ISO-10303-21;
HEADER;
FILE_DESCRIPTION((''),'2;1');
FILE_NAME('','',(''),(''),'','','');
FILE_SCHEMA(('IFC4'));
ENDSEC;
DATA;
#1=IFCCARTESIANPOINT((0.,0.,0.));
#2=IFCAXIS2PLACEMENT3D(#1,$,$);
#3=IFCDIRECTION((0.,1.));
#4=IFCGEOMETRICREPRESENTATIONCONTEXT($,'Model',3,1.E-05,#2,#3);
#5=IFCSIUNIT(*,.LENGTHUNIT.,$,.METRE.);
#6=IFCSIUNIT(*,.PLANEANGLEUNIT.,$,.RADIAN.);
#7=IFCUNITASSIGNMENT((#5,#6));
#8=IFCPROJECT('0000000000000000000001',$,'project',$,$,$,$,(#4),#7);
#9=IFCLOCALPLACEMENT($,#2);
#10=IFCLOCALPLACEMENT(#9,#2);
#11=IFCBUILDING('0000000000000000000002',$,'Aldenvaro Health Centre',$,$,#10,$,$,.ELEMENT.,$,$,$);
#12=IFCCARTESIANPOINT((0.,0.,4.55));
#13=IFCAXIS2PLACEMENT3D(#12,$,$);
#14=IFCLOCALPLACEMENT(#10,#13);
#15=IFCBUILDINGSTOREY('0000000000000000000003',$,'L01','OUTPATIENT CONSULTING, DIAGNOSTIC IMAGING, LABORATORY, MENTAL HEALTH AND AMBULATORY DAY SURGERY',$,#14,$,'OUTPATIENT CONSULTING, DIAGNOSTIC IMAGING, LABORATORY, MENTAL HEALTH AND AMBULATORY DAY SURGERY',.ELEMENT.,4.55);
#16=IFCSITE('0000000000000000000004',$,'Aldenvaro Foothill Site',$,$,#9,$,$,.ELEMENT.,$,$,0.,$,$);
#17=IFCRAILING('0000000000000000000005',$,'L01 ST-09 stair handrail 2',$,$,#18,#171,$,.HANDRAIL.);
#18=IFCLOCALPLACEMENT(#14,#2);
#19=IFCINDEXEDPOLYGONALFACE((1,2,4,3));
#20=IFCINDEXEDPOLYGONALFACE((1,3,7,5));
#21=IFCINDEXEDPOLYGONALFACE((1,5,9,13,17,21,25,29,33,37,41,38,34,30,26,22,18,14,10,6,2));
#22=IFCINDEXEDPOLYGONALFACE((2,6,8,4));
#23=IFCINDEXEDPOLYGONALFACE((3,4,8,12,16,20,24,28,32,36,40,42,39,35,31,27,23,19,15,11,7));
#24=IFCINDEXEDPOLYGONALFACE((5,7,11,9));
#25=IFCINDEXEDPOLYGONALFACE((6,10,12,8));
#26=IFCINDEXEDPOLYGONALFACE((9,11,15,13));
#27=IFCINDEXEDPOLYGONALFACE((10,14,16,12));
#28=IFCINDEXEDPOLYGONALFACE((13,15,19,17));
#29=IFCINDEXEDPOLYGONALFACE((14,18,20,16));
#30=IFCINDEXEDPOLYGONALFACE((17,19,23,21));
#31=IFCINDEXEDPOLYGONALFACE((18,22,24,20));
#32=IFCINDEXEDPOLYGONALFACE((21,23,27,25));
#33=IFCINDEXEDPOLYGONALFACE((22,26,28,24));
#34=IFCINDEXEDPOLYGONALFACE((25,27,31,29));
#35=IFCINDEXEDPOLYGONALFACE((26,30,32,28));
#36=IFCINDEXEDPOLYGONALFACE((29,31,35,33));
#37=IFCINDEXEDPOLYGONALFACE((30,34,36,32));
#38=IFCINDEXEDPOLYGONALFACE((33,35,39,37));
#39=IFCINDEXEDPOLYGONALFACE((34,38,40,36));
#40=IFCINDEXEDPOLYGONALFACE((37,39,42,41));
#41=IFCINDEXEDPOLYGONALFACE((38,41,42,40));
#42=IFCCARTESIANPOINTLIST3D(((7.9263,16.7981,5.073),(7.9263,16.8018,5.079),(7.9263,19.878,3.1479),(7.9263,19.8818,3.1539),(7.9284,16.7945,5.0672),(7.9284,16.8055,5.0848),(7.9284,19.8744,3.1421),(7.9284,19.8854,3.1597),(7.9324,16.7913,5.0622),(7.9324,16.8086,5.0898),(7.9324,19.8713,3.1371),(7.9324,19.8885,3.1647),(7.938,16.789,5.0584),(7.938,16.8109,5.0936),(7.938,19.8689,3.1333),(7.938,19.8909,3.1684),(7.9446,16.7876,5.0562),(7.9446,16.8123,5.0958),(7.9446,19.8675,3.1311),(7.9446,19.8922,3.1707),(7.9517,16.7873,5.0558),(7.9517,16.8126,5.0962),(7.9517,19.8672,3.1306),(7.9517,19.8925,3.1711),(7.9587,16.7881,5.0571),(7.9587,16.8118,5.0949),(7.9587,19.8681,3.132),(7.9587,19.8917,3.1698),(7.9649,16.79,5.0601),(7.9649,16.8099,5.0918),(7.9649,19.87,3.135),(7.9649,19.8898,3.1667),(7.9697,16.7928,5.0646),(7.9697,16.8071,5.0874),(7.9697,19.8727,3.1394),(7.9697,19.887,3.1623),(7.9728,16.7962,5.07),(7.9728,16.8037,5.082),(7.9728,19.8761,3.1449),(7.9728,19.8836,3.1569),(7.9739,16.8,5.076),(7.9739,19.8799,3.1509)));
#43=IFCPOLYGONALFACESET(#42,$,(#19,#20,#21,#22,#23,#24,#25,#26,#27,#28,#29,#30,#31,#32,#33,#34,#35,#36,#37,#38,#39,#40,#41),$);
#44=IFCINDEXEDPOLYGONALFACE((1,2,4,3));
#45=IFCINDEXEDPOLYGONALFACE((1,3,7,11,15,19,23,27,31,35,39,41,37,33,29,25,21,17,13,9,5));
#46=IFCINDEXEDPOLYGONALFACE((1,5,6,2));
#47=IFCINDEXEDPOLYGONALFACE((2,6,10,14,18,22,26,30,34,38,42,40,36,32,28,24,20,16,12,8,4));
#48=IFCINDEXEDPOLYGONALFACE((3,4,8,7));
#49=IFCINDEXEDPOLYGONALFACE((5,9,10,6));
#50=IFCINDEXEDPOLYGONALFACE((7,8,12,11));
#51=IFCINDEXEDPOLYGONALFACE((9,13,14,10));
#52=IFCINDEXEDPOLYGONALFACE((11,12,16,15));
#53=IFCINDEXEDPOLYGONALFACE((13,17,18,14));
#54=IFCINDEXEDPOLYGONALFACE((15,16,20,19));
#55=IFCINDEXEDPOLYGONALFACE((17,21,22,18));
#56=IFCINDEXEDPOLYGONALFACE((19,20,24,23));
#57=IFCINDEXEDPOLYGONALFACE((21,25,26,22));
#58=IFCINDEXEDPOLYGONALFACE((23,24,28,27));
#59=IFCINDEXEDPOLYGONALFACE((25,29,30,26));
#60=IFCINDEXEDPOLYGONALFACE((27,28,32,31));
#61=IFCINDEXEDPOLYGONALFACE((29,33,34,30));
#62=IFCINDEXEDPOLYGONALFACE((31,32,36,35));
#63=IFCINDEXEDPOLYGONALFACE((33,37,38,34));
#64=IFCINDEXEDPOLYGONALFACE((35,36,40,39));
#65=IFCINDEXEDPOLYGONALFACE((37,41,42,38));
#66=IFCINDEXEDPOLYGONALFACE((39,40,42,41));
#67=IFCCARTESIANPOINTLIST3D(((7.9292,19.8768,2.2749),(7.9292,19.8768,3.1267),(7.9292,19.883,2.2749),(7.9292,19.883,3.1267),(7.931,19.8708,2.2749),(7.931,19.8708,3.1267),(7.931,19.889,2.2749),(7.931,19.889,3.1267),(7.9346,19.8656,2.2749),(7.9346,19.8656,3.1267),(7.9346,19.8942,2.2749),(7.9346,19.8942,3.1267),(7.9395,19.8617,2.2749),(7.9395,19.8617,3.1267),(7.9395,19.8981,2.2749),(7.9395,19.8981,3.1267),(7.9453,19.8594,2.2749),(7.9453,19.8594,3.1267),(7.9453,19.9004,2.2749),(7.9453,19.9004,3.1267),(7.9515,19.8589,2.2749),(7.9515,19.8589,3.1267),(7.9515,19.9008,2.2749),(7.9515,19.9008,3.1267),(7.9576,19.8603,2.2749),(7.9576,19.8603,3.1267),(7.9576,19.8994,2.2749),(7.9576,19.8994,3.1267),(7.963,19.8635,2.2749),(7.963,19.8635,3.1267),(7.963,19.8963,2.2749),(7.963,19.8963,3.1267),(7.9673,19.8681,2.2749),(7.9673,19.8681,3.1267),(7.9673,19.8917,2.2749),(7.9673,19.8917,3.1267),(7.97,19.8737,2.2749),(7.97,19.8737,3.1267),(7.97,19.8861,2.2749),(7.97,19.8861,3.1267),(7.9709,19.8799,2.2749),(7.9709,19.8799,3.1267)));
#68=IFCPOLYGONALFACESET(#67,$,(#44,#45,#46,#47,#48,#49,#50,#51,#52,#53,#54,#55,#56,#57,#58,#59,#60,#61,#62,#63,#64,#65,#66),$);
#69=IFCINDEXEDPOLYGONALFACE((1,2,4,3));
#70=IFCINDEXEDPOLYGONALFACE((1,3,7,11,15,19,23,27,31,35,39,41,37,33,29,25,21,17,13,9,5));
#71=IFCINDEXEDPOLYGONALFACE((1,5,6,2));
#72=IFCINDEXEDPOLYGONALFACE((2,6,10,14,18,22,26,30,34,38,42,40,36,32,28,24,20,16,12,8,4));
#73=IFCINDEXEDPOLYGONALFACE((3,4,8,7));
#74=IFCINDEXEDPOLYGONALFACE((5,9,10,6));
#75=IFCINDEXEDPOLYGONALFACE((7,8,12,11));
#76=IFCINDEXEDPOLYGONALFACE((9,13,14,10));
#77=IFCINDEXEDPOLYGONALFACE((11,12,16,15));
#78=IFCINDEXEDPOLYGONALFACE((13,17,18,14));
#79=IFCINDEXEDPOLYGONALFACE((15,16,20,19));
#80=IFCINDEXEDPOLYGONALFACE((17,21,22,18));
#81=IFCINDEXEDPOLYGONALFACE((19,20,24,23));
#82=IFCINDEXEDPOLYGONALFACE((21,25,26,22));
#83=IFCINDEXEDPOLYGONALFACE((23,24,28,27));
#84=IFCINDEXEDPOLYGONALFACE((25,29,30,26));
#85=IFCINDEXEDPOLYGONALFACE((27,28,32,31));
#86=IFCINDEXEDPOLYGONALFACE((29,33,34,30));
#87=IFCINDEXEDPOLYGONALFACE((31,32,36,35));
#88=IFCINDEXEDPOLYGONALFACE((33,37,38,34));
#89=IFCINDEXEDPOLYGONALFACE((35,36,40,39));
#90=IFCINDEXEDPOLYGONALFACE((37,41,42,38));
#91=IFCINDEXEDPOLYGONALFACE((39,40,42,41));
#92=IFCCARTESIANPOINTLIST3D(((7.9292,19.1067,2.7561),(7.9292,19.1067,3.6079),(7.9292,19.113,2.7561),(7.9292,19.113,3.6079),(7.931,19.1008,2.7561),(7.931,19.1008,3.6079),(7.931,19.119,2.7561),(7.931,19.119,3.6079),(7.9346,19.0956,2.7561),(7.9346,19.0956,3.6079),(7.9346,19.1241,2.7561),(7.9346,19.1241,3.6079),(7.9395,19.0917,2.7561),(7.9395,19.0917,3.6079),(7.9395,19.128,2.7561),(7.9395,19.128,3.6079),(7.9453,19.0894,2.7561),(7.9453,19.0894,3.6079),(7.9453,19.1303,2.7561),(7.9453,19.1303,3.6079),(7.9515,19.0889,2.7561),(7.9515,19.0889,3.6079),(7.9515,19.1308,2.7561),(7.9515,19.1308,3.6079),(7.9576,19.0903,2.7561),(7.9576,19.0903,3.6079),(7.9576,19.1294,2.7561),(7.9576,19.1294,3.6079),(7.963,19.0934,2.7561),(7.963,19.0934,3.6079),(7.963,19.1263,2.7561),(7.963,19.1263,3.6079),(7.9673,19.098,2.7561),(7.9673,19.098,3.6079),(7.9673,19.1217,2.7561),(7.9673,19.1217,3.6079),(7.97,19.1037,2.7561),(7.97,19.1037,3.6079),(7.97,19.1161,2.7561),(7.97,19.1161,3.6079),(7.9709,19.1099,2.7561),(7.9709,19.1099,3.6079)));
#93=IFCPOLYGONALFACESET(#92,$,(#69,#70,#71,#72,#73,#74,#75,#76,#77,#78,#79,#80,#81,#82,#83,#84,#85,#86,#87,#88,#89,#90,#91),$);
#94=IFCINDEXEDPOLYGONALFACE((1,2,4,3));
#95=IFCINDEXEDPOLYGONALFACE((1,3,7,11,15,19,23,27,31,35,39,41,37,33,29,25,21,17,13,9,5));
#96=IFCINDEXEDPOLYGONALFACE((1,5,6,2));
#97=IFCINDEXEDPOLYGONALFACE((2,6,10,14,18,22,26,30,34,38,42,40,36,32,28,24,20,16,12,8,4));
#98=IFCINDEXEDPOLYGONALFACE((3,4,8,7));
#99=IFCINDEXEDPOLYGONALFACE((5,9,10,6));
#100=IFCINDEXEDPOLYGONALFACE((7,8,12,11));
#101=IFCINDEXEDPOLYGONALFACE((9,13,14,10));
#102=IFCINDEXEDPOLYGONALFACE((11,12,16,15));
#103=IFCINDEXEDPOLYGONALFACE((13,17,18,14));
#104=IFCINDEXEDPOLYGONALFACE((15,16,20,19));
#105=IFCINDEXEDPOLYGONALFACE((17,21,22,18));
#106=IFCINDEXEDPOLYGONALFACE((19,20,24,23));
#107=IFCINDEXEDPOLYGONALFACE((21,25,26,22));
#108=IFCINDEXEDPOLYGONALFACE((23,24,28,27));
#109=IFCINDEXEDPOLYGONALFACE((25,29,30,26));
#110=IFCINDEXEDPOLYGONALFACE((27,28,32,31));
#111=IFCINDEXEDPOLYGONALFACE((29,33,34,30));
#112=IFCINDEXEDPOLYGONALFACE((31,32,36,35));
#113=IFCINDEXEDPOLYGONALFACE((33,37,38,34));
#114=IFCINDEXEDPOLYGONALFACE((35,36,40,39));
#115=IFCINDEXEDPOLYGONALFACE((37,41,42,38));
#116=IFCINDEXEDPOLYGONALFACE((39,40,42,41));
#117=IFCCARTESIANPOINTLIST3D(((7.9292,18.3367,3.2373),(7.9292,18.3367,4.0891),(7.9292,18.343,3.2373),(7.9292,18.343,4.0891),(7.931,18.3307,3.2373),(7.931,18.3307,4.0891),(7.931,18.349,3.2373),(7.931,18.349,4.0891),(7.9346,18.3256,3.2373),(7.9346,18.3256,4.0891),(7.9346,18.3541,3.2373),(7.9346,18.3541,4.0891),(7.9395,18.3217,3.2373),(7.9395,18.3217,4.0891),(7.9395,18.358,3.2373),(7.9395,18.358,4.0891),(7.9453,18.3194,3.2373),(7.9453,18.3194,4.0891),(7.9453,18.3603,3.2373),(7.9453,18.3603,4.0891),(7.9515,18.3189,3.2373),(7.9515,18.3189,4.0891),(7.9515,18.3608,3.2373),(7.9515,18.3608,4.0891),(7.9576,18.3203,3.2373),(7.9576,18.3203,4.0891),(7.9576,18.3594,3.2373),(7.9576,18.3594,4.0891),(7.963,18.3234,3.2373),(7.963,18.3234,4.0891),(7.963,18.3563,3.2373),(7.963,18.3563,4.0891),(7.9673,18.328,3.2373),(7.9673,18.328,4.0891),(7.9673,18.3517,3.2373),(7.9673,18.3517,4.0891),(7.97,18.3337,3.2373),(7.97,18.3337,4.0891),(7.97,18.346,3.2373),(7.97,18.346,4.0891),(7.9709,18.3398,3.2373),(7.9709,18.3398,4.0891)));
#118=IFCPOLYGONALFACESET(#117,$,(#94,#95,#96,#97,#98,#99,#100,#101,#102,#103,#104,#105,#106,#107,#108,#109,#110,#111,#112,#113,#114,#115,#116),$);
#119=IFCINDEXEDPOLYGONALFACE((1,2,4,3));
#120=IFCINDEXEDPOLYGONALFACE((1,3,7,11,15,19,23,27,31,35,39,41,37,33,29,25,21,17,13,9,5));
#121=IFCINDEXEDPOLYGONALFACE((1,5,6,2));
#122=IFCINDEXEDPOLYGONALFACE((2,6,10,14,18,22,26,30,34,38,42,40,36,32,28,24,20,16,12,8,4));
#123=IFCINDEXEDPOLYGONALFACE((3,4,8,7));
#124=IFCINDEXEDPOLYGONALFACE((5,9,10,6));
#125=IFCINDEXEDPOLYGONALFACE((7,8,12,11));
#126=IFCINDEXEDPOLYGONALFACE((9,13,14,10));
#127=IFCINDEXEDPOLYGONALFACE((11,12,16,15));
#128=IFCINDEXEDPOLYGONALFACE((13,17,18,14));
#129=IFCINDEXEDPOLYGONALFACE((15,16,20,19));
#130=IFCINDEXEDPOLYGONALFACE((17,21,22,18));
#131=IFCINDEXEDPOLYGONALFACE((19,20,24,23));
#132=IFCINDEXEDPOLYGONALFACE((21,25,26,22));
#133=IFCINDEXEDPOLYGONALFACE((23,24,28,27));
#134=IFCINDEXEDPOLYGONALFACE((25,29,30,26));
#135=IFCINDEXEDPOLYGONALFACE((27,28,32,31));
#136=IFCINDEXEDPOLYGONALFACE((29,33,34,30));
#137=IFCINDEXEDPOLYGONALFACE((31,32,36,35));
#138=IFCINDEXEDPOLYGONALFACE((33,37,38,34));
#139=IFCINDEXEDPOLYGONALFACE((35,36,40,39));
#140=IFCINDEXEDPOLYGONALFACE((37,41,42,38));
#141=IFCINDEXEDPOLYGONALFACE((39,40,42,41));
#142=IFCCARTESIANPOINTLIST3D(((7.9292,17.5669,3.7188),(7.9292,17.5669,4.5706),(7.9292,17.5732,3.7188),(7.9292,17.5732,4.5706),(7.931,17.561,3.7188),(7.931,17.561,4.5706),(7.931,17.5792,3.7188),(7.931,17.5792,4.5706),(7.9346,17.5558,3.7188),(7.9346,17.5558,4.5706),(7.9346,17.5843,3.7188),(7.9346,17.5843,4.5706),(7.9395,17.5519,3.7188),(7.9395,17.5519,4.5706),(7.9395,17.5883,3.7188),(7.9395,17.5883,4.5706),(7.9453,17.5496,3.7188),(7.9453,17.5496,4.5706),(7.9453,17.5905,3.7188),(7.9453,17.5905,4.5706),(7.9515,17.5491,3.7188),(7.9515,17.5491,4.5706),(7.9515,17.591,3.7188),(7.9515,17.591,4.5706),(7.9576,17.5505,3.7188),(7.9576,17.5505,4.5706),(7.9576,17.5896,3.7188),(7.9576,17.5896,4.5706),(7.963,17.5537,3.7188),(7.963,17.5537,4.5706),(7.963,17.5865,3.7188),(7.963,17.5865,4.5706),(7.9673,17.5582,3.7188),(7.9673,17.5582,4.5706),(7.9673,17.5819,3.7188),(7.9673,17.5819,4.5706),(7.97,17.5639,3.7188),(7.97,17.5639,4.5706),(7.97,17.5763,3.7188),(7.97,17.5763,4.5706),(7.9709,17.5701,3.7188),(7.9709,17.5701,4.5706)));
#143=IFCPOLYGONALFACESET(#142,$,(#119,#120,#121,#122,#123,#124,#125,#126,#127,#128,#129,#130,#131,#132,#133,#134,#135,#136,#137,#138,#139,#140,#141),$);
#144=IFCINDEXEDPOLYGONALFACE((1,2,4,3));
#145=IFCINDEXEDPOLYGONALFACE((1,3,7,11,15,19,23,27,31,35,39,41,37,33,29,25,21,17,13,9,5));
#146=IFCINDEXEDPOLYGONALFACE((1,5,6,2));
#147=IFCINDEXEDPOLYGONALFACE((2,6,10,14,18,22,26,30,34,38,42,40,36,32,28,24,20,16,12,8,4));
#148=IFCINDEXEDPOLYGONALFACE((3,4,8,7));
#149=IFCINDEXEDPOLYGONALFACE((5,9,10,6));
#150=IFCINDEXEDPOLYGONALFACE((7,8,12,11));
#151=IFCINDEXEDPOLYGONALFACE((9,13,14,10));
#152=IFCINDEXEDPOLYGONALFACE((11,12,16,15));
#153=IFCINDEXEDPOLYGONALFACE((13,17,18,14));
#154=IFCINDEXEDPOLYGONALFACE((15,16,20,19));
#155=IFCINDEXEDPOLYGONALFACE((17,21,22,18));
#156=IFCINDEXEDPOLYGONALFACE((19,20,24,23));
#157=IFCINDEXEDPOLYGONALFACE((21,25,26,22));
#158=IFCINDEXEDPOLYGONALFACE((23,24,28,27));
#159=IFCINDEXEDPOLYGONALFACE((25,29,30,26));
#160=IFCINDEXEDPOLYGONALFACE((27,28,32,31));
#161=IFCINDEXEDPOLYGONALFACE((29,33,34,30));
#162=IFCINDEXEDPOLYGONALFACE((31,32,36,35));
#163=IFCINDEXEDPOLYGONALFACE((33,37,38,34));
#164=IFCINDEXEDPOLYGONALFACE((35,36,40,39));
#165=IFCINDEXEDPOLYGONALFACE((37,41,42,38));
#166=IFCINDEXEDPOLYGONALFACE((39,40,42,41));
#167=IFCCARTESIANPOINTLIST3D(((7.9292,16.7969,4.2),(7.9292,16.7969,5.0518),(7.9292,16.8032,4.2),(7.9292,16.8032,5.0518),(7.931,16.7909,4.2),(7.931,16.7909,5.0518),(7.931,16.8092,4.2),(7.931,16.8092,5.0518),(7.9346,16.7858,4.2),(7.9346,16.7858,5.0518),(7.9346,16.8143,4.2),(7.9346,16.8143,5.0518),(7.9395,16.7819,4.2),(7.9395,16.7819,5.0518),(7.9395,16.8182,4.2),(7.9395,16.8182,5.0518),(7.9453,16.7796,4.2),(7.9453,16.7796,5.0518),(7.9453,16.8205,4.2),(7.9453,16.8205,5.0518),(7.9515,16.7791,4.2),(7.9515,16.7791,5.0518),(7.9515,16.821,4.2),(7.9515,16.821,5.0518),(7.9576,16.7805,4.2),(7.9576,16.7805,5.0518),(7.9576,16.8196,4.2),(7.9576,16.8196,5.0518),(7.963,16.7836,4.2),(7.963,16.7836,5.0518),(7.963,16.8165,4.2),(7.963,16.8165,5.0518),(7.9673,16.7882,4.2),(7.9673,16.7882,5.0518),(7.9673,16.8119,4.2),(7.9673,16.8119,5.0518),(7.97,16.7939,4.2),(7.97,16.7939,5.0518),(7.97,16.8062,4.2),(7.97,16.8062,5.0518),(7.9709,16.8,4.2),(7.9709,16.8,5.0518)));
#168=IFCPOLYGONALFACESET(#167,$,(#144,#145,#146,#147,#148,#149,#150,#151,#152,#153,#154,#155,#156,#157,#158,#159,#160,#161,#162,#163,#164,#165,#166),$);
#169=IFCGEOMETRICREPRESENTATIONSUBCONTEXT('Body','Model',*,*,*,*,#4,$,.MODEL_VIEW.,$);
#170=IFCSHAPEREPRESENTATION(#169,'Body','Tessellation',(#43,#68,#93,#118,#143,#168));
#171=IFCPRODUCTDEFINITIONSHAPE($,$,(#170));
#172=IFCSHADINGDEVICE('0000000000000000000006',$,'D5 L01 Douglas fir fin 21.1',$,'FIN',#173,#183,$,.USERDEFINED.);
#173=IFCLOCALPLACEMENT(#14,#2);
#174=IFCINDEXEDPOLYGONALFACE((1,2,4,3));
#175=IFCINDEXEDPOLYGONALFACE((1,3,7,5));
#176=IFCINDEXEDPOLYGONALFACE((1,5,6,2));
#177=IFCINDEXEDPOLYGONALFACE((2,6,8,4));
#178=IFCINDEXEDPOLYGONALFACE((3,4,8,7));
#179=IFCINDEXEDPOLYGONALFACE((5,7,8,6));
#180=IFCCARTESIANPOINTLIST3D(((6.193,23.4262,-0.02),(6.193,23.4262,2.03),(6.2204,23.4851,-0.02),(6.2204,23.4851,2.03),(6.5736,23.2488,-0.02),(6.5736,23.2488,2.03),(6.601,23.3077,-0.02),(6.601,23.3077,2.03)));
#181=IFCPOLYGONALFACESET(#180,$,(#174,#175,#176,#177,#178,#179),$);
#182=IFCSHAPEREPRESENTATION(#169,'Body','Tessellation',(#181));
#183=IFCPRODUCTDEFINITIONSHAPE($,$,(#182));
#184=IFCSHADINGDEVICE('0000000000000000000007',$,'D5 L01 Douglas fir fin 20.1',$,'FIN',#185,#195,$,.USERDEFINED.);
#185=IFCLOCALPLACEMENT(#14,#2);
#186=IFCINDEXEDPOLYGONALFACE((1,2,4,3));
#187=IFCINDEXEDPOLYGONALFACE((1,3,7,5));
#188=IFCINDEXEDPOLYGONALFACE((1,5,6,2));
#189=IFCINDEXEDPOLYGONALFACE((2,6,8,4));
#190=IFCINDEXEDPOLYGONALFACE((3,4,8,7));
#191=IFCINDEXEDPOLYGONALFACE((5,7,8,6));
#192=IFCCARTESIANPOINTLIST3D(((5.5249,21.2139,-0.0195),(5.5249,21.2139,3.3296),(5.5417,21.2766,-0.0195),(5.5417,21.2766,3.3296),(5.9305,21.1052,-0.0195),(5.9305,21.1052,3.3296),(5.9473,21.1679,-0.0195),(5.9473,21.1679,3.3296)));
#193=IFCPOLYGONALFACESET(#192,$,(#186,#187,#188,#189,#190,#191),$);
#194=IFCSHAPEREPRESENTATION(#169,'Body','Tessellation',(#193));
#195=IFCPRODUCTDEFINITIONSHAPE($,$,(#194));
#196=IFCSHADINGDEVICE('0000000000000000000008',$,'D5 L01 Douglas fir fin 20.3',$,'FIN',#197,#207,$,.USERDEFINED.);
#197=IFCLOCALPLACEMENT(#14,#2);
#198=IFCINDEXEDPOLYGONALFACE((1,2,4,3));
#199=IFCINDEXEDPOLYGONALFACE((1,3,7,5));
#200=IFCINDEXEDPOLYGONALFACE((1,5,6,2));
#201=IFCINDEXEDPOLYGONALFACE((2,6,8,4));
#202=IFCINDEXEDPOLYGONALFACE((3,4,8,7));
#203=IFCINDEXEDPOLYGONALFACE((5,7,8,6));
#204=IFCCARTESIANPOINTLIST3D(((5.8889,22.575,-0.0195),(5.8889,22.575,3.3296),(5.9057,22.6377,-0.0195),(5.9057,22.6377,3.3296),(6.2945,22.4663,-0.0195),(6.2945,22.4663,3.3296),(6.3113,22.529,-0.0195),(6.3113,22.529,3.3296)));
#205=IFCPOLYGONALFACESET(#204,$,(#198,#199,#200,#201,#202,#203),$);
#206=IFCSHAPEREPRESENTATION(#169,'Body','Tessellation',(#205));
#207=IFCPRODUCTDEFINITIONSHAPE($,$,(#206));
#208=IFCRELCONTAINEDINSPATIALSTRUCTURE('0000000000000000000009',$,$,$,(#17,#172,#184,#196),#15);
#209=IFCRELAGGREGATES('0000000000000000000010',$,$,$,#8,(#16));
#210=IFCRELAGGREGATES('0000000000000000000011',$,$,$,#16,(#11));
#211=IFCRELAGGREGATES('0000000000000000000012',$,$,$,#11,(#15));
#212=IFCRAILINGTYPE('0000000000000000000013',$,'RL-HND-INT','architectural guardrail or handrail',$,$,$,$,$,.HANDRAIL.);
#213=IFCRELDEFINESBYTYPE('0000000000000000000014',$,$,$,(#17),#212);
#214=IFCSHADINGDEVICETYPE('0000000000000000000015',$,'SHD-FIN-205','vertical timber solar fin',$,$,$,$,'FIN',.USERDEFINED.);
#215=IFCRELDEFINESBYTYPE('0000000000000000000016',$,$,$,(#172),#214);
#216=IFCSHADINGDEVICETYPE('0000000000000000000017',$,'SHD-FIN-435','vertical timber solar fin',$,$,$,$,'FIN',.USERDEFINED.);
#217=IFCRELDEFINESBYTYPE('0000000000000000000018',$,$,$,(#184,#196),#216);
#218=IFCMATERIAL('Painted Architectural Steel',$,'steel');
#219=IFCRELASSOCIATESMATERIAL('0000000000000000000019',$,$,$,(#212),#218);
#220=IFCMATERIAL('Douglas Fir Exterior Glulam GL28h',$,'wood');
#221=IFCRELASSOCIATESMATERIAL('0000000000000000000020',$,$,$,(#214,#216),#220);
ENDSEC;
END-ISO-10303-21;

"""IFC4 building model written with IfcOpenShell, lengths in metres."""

from ifc_helpers import new_model, si_unit, direction, frame, origin, origin_2d, place, context, subcontext, project, spatial, rectangle, circle, extrude, material, type_object, element, save


model = new_model("IFC4")

# Units and contexts
model_context = context("Model", 3, precision=1e-05, world=origin(), true_north=direction((0.0, 1.0)))
body_context = subcontext(model_context, "Body", "Model", "MODEL_VIEW")
ifc_project = project(units=[si_unit("LENGTHUNIT", "METRE"), si_unit("PLANEANGLEUNIT", "RADIAN")], contexts=[model_context])

# Site, building, storey
site_placement = place(None, origin())
site = spatial("IfcSite", under=ifc_project, at=site_placement, Name="Aldenvaro Foothill Site", CompositionType="ELEMENT", RefElevation=0.0)
building_placement = place(site_placement, origin())
building = spatial("IfcBuilding", under=site, at=building_placement, Name="Aldenvaro Health Centre", CompositionType="ELEMENT")
storey_placement = place(building_placement, frame((0.0, 0.0, 4.55)))
storey = spatial("IfcBuildingStorey", under=building, at=storey_placement, Name="L01", Description="OUTPATIENT CONSULTING, DIAGNOSTIC IMAGING, LABORATORY, MENTAL HEALTH AND AMBULATORY DAY SURGERY", LongName="OUTPATIENT CONSULTING, DIAGNOSTIC IMAGING, LABORATORY, MENTAL HEALTH AND AMBULATORY DAY SURGERY", CompositionType="ELEMENT", Elevation=4.55)

# Railing
ifc_material_1 = material(Name="Painted Architectural Steel", Category="steel")
railing_type = type_object("IfcRailingType", Name="RL-HND-INT", Description="architectural guardrail or handrail", PredefinedType="HANDRAIL", material=ifc_material_1)
railing_placement = place(storey_placement, frame((7.95, 19.8799, 2.2749)))
element("IfcRailing", 1, at=railing_placement, inside=storey, type_object=railing_type, Name="L01 ST-09 stair handrail 2", PredefinedType="HANDRAIL", context=body_context, shape_type="SweptSolid", body=[
    extrude(circle(Radius=0.0239, at=origin_2d()), frame((0.0, 0.0, 0.876), z_axis=(0.0, -0.847979, 0.530029), x_axis=(1.0, 0.0, 0.0)), (0.0, 0.0, 1.0), 3.6321),
    extrude(circle(Radius=0.021, at=origin_2d()), origin(), (0.0, 0.0, 1.0), 0.8518),
    extrude(circle(Radius=0.021, at=origin_2d()), frame((0.0, -0.77, 0.4812)), (0.0, 0.0, 1.0), 0.8518),
    extrude(circle(Radius=0.021, at=origin_2d()), frame((0.0, -1.54, 0.9624)), (0.0, 0.0, 1.0), 0.8518),
    extrude(circle(Radius=0.021, at=origin_2d()), frame((0.0, -2.3098, 1.4438)), (0.0, 0.0, 1.0), 0.8518),
    extrude(circle(Radius=0.021, at=origin_2d()), frame((0.0, -3.0798, 1.925)), (0.0, 0.0, 1.0), 0.8518),
])

# Shading devices
ifc_material_2 = material(Name="Douglas Fir Exterior Glulam GL28h", Category="wood")
shading_device_type_1 = type_object("IfcShadingDeviceType", Name="SHD-FIN-205", Description="vertical timber solar fin", ElementType="FIN", PredefinedType="USERDEFINED", material=ifc_material_2)
shading_device_1_placement = place(storey_placement, frame((6.397, 23.3669, -0.02), z_axis=(0.0, 0.0, 1.0), x_axis=(0.422496, 0.906365, 0.0)))
element("IfcShadingDevice", 2, at=shading_device_1_placement, inside=storey, type_object=shading_device_type_1, Name="D5 L01 Douglas fir fin 21.1", ObjectType="FIN", PredefinedType="USERDEFINED", context=body_context, shape_type="SweptSolid", body=[
    extrude(rectangle(XDim=0.0649, YDim=0.4199, at=origin_2d()), origin(), (0.0, 0.0, 1.0), 2.05),
])
shading_device_type_2 = type_object("IfcShadingDeviceType", Name="SHD-FIN-435", Description="vertical timber solar fin", ElementType="FIN", PredefinedType="USERDEFINED", material=ifc_material_2)
for number, where, z_axis, x_axis, name in (
    (3, (5.7361, 21.1909, -0.0195), (0.0, 0.0, 1.0), (0.258825, 0.965924, 0.0), "D5 L01 Douglas fir fin 20.1"),
    (4, (6.1001, 22.552, -0.0195), (0.0, 0.0, 1.0), (0.258825, 0.965924, 0.0), "D5 L01 Douglas fir fin 20.3"),
):
    element("IfcShadingDevice", number, at=place(storey_placement, frame(where, z_axis=z_axis, x_axis=x_axis)), inside=storey, type_object=shading_device_type_2, Name=name, ObjectType="FIN", PredefinedType="USERDEFINED", context=body_context, shape_type="SweptSolid", body=[
        extrude(rectangle(XDim=0.0649, YDim=0.4199, at=origin_2d()), origin(), (0.0, 0.0, 1.0), 3.3491),
    ])

save(model, "model.ifc")
